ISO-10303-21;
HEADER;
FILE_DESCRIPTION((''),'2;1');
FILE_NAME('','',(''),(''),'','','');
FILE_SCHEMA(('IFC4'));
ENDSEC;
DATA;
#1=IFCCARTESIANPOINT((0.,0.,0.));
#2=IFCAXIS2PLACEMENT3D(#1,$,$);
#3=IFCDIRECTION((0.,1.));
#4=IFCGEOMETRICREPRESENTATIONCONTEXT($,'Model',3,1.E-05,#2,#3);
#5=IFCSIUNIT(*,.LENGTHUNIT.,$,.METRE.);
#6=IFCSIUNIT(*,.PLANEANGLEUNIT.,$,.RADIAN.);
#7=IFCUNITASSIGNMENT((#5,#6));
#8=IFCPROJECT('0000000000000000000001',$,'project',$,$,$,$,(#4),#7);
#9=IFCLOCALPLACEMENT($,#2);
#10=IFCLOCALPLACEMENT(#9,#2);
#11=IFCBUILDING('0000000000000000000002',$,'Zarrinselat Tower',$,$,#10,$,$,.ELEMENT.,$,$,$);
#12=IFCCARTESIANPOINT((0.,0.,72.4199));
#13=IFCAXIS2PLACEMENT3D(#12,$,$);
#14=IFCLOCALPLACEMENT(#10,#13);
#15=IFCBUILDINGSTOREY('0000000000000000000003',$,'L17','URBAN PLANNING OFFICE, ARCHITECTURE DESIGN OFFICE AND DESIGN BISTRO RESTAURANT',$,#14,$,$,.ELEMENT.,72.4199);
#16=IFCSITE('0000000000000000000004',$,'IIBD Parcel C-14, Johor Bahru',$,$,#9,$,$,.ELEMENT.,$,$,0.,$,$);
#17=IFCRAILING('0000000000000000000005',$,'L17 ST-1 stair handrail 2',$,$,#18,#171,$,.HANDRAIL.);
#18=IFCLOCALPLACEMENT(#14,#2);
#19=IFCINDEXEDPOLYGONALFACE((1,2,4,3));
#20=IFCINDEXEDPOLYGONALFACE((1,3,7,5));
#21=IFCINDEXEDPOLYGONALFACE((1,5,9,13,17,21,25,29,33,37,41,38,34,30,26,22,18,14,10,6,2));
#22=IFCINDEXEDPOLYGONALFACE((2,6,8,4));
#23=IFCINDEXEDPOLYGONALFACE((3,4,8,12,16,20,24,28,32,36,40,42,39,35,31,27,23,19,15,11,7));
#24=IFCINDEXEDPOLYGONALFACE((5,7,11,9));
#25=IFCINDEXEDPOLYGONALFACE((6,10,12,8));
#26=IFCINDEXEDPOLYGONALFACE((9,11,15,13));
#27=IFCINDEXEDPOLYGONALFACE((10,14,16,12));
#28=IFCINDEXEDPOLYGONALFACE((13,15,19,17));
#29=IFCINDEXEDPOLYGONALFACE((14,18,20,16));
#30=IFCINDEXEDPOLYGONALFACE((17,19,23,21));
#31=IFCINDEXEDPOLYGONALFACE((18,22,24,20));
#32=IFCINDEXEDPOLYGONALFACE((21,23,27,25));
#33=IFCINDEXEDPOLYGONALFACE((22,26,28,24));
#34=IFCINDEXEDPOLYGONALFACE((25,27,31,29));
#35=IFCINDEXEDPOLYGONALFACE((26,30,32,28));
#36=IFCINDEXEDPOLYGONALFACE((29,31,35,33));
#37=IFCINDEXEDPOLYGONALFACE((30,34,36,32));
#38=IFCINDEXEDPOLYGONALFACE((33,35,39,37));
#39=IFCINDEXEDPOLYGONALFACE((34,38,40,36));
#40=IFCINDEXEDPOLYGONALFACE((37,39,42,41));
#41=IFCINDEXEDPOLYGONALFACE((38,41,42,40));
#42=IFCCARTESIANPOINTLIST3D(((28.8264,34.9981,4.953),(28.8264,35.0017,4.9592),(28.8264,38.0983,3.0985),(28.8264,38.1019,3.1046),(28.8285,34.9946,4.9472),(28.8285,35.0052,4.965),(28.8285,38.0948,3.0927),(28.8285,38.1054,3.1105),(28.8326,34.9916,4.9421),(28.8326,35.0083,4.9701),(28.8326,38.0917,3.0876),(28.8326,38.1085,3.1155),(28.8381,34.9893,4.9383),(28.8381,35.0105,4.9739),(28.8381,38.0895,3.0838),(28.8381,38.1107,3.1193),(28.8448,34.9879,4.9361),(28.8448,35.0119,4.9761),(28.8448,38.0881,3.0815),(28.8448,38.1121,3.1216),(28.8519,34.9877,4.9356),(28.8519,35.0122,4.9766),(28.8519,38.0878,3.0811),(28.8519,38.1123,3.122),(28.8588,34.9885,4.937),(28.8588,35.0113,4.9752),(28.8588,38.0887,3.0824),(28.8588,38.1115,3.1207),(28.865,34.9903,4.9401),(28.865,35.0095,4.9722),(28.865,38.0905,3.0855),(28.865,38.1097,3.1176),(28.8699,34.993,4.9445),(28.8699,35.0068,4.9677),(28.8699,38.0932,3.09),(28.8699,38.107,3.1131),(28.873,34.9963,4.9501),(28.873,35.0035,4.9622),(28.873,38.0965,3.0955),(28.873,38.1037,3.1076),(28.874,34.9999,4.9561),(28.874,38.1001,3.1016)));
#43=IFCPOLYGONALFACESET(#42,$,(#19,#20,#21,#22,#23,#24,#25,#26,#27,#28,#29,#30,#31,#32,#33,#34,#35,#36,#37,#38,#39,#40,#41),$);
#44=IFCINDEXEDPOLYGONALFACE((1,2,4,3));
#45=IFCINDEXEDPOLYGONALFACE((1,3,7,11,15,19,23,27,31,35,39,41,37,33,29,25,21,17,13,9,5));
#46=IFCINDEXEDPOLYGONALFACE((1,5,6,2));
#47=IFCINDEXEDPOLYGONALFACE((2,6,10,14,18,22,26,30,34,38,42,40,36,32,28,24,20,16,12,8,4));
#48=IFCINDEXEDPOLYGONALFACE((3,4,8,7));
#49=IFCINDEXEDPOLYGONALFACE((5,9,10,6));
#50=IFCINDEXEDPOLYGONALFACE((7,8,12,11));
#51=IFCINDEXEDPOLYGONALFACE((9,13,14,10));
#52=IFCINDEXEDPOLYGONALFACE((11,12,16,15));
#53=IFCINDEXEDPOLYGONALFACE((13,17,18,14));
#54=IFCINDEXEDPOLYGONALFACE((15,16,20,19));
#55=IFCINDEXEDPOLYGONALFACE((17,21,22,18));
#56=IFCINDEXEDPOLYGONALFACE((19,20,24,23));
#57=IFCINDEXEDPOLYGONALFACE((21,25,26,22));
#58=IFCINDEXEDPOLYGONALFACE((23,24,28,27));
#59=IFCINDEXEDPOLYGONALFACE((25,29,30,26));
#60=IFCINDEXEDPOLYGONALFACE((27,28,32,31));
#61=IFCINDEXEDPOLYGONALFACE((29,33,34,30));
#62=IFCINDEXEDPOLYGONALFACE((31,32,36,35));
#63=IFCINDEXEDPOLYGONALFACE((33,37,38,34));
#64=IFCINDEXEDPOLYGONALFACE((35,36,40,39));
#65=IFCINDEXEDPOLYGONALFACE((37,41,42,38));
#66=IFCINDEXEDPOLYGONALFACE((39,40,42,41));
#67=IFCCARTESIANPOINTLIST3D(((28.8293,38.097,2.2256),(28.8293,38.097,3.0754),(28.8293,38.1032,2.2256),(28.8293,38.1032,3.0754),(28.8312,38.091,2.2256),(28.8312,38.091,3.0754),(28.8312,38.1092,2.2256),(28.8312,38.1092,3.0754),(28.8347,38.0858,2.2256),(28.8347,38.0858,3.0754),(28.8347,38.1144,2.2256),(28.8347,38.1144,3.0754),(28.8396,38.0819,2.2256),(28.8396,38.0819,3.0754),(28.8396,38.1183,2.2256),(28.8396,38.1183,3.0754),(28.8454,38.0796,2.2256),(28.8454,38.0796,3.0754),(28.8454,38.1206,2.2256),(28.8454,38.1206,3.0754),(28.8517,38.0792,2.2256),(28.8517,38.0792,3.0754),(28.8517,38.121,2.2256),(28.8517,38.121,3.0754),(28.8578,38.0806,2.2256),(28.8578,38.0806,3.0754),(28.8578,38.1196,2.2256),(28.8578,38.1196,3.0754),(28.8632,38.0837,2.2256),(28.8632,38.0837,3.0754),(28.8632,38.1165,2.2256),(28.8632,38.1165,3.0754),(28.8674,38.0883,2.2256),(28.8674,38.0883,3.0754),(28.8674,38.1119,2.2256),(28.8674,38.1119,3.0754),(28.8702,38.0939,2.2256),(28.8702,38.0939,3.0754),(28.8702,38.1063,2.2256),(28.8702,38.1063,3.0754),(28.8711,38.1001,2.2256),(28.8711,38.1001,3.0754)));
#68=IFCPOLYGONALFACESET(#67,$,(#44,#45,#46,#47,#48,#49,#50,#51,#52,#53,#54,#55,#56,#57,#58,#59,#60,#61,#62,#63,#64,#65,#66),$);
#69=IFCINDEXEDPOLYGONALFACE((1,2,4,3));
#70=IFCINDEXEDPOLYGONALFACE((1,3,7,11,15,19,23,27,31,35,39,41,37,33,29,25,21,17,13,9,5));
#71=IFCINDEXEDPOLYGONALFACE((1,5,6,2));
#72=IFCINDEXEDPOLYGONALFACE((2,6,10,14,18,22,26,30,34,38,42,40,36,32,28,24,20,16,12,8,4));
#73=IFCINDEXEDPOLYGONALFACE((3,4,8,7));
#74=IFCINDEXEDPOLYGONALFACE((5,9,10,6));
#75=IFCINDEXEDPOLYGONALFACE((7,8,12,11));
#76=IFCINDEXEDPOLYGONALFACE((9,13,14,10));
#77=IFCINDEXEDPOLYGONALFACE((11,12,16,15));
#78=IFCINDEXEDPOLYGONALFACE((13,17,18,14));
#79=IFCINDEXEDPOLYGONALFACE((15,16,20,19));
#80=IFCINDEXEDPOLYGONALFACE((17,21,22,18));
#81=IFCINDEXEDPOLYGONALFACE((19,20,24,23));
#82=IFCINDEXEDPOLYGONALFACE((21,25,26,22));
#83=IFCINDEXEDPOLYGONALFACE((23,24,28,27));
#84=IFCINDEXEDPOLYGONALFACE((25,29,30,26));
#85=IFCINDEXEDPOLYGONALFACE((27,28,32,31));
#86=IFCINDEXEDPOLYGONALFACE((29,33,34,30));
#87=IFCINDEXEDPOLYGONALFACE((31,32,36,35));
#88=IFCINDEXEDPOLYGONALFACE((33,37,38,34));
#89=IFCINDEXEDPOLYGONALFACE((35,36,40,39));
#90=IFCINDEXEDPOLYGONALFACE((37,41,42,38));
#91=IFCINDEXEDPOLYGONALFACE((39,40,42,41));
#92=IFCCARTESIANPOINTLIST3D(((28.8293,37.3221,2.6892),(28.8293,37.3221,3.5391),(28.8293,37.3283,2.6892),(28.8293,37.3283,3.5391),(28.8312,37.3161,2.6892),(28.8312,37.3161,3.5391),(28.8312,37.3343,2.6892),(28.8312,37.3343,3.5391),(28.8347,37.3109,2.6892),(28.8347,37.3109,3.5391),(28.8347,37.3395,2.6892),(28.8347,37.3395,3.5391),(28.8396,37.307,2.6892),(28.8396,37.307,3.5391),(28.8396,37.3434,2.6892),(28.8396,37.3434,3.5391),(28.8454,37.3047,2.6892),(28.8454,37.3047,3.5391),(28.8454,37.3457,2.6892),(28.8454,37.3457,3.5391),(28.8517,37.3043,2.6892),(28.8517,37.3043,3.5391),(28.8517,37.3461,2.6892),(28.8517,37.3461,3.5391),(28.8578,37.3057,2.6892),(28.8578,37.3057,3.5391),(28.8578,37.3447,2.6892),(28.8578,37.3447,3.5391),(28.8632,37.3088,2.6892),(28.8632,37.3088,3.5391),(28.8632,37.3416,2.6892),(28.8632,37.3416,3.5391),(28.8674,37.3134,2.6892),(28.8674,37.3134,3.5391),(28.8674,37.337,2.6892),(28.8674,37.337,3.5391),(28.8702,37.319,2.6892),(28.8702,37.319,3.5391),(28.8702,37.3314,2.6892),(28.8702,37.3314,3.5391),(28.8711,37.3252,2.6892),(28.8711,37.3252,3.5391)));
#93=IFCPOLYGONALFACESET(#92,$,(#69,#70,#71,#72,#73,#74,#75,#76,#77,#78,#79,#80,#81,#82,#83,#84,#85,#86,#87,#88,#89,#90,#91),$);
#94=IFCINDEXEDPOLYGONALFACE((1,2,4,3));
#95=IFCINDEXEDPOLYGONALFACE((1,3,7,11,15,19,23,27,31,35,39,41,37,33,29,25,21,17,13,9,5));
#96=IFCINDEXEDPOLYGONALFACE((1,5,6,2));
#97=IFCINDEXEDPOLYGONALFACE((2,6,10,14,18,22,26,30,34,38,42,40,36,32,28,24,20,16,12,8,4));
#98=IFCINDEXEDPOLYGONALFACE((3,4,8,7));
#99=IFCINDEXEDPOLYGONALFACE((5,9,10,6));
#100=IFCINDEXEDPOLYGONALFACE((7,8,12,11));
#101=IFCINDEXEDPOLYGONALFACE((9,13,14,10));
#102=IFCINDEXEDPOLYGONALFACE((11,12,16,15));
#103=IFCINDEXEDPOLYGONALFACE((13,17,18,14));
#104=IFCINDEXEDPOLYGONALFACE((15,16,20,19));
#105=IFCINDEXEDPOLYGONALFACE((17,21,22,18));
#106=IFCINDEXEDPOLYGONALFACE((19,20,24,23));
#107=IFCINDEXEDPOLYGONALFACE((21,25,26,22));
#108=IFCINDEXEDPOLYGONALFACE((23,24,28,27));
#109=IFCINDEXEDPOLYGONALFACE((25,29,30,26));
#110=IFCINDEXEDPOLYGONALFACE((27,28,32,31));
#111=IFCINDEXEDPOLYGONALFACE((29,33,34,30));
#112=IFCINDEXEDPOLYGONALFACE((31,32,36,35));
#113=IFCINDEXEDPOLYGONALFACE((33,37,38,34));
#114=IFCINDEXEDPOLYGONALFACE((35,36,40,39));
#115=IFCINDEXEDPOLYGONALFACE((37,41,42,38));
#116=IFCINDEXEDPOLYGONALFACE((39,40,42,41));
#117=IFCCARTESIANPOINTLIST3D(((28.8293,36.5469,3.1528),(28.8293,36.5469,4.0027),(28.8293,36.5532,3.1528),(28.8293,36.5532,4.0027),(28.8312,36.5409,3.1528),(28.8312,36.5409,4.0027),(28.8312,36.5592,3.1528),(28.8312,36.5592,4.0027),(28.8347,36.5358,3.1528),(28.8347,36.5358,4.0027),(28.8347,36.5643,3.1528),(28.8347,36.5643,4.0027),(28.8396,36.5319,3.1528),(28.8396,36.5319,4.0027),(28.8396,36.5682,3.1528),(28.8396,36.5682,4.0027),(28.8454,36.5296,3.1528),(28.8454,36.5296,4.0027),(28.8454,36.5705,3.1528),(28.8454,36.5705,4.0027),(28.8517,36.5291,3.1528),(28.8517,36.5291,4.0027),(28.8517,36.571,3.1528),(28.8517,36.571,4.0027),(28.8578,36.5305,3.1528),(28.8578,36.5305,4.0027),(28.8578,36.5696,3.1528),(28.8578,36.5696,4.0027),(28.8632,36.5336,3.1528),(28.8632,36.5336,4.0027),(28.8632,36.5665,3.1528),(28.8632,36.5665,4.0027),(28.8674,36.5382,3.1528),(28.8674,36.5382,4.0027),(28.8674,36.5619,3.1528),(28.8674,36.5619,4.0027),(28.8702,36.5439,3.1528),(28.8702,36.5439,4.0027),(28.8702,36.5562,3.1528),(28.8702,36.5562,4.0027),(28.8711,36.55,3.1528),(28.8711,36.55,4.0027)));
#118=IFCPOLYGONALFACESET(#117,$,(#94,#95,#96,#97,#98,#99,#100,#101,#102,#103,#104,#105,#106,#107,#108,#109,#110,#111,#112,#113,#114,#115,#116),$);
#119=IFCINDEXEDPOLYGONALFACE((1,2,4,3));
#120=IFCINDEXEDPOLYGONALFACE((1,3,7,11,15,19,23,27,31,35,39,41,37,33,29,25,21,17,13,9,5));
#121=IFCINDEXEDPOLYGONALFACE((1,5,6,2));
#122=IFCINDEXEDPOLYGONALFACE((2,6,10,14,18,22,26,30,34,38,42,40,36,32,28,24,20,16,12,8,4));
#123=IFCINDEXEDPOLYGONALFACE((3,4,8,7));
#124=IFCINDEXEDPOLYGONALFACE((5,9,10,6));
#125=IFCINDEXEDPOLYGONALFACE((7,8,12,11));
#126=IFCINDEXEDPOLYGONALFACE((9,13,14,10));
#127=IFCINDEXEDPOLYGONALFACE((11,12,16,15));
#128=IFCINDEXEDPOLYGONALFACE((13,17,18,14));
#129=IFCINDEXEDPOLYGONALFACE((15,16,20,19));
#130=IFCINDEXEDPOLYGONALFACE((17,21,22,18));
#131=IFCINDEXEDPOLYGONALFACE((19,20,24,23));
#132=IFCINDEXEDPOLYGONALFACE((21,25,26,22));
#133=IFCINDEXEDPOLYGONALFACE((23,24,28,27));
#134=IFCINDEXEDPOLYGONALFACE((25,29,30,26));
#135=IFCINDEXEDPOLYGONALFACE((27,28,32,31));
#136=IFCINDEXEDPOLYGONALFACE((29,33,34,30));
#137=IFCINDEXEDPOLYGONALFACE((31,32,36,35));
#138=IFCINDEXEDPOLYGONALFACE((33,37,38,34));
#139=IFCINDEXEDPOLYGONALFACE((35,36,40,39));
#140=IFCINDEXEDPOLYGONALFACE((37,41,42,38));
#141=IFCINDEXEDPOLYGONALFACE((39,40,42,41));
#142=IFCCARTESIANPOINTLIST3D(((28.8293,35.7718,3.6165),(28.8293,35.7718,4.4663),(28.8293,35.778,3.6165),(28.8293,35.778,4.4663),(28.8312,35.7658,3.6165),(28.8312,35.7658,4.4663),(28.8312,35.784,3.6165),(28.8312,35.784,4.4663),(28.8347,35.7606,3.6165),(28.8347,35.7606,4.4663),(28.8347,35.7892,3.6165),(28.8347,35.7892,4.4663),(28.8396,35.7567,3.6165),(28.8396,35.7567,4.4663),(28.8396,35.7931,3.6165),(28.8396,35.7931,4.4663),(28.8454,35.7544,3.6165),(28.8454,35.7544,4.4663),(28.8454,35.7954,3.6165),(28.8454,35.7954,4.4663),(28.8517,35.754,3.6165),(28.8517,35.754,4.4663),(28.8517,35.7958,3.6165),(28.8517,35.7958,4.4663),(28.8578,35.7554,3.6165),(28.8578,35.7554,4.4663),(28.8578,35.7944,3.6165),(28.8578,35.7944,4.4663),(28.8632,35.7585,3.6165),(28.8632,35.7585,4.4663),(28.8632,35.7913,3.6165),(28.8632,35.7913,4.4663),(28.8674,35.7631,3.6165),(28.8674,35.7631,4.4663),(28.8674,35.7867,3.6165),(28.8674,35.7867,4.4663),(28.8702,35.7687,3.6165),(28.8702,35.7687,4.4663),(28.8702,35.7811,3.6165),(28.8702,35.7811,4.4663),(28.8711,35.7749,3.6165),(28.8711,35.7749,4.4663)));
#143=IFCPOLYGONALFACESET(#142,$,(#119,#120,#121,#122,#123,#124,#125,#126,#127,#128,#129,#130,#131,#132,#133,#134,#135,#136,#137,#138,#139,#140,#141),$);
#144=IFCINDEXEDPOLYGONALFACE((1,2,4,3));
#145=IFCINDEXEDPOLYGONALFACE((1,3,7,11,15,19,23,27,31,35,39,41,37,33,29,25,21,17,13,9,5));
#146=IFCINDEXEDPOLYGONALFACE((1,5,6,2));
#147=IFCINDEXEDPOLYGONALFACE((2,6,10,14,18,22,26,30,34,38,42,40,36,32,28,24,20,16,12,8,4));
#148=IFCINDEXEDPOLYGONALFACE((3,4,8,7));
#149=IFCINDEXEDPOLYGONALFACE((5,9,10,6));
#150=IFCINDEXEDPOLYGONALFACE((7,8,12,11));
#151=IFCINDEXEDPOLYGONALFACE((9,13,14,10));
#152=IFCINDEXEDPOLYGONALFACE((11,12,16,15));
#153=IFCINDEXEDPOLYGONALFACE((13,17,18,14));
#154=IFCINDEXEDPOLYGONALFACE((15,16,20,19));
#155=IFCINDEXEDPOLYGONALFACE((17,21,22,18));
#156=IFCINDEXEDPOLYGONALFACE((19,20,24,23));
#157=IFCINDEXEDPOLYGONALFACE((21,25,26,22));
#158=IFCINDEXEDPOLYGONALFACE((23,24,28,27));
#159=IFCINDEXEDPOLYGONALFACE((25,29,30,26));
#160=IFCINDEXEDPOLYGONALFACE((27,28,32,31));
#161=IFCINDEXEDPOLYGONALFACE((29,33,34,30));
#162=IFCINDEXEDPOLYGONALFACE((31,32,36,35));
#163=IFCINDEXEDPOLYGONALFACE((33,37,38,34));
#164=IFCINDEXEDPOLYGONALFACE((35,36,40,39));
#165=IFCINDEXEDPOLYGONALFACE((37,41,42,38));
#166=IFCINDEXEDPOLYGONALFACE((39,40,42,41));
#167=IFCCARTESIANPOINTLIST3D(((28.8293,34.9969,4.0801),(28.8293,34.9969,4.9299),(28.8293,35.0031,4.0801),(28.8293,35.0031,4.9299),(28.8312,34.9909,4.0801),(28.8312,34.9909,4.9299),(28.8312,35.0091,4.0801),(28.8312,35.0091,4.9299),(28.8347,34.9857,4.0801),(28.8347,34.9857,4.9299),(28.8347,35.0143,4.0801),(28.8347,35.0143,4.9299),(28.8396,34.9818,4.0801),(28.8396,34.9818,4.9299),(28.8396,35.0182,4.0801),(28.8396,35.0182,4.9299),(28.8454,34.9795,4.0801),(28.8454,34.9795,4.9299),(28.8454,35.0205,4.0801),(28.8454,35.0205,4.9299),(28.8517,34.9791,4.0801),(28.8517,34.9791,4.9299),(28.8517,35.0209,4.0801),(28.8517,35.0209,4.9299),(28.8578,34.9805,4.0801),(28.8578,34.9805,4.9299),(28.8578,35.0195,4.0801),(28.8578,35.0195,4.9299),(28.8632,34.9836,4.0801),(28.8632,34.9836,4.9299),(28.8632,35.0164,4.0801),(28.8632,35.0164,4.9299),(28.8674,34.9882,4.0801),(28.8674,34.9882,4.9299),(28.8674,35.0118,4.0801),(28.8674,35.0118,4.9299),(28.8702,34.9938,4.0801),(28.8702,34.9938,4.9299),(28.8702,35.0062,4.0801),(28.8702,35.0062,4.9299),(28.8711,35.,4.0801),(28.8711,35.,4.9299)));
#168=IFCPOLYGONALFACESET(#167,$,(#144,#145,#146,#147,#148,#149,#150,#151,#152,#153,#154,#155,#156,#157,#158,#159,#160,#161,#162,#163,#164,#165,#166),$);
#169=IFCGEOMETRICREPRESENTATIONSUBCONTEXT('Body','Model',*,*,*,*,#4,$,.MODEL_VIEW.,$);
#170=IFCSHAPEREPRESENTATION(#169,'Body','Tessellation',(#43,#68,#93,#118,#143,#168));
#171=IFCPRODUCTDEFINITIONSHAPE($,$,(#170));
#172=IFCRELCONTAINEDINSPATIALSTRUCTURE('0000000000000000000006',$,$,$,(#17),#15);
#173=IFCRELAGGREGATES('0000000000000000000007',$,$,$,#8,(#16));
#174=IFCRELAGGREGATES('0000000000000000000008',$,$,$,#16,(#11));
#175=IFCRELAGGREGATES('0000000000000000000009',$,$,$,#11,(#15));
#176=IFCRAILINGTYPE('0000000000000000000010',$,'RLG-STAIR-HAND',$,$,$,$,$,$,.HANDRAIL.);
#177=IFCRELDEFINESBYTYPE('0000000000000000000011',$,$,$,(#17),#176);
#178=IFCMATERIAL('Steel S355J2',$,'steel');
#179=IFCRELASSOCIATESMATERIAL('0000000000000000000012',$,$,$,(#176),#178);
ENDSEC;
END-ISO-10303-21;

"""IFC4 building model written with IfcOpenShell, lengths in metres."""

from ifc_helpers import new_model, si_unit, direction, frame, origin, origin_2d, place, context, subcontext, project, spatial, circle, extrude, material, type_object, element, save


model = new_model("IFC4")

# Units and contexts
model_context = context("Model", 3, precision=1e-05, world=origin(), true_north=direction((0.0, 1.0)))
body_context = subcontext(model_context, "Body", "Model", "MODEL_VIEW")
ifc_project = project(units=[si_unit("LENGTHUNIT", "METRE"), si_unit("PLANEANGLEUNIT", "RADIAN")], contexts=[model_context])

# Site, building, storey
site_placement = place(None, origin())
site = spatial("IfcSite", under=ifc_project, at=site_placement, Name="IIBD Parcel C-14, Johor Bahru", CompositionType="ELEMENT", RefElevation=0.0)
building_placement = place(site_placement, origin())
building = spatial("IfcBuilding", under=site, at=building_placement, Name="Zarrinselat Tower", CompositionType="ELEMENT")
storey_placement = place(building_placement, frame((0.0, 0.0, 72.4199)))
storey = spatial("IfcBuildingStorey", under=building, at=storey_placement, Name="L17", Description="URBAN PLANNING OFFICE, ARCHITECTURE DESIGN OFFICE AND DESIGN BISTRO RESTAURANT", CompositionType="ELEMENT", Elevation=72.4199)

# Railing
ifc_material_1 = material(Name="Steel S355J2", Category="steel")
railing_type_1 = type_object("IfcRailingType", Name="RLG-STAIR-HAND", PredefinedType="HANDRAIL", material=ifc_material_1)
railing_1_placement = place(storey_placement, frame((28.8501, 38.1001, 2.2256)))
element("IfcRailing", 1, at=railing_1_placement, inside=storey, type_object=railing_type_1, Name="L17 ST-1 stair handrail 2", PredefinedType="HANDRAIL", context=body_context, shape_type="SweptSolid", body=[
    extrude(circle(Radius=0.0239, at=origin_2d()), frame((0.0, 0.0, 0.876), z_axis=(0.0, -0.858172, 0.513362), x_axis=(1.0, 0.0, 0.0)), (0.0, 0.0, 1.0), 3.6125),
    extrude(circle(Radius=0.021, at=origin_2d()), origin(), (0.0, 0.0, 1.0), 0.8499),
    extrude(circle(Radius=0.021, at=origin_2d()), frame((0.0, -0.7749, 0.4636)), (0.0, 0.0, 1.0), 0.8499),
    extrude(circle(Radius=0.021, at=origin_2d()), frame((0.0, -1.55, 0.9272)), (0.0, 0.0, 1.0), 0.8499),
    extrude(circle(Radius=0.021, at=origin_2d()), frame((0.0, -2.3252, 1.3909)), (0.0, 0.0, 1.0), 0.8499),
    extrude(circle(Radius=0.021, at=origin_2d()), frame((0.0, -3.1001, 1.8545)), (0.0, 0.0, 1.0), 0.8499),
])

save(model, "model.ifc")
